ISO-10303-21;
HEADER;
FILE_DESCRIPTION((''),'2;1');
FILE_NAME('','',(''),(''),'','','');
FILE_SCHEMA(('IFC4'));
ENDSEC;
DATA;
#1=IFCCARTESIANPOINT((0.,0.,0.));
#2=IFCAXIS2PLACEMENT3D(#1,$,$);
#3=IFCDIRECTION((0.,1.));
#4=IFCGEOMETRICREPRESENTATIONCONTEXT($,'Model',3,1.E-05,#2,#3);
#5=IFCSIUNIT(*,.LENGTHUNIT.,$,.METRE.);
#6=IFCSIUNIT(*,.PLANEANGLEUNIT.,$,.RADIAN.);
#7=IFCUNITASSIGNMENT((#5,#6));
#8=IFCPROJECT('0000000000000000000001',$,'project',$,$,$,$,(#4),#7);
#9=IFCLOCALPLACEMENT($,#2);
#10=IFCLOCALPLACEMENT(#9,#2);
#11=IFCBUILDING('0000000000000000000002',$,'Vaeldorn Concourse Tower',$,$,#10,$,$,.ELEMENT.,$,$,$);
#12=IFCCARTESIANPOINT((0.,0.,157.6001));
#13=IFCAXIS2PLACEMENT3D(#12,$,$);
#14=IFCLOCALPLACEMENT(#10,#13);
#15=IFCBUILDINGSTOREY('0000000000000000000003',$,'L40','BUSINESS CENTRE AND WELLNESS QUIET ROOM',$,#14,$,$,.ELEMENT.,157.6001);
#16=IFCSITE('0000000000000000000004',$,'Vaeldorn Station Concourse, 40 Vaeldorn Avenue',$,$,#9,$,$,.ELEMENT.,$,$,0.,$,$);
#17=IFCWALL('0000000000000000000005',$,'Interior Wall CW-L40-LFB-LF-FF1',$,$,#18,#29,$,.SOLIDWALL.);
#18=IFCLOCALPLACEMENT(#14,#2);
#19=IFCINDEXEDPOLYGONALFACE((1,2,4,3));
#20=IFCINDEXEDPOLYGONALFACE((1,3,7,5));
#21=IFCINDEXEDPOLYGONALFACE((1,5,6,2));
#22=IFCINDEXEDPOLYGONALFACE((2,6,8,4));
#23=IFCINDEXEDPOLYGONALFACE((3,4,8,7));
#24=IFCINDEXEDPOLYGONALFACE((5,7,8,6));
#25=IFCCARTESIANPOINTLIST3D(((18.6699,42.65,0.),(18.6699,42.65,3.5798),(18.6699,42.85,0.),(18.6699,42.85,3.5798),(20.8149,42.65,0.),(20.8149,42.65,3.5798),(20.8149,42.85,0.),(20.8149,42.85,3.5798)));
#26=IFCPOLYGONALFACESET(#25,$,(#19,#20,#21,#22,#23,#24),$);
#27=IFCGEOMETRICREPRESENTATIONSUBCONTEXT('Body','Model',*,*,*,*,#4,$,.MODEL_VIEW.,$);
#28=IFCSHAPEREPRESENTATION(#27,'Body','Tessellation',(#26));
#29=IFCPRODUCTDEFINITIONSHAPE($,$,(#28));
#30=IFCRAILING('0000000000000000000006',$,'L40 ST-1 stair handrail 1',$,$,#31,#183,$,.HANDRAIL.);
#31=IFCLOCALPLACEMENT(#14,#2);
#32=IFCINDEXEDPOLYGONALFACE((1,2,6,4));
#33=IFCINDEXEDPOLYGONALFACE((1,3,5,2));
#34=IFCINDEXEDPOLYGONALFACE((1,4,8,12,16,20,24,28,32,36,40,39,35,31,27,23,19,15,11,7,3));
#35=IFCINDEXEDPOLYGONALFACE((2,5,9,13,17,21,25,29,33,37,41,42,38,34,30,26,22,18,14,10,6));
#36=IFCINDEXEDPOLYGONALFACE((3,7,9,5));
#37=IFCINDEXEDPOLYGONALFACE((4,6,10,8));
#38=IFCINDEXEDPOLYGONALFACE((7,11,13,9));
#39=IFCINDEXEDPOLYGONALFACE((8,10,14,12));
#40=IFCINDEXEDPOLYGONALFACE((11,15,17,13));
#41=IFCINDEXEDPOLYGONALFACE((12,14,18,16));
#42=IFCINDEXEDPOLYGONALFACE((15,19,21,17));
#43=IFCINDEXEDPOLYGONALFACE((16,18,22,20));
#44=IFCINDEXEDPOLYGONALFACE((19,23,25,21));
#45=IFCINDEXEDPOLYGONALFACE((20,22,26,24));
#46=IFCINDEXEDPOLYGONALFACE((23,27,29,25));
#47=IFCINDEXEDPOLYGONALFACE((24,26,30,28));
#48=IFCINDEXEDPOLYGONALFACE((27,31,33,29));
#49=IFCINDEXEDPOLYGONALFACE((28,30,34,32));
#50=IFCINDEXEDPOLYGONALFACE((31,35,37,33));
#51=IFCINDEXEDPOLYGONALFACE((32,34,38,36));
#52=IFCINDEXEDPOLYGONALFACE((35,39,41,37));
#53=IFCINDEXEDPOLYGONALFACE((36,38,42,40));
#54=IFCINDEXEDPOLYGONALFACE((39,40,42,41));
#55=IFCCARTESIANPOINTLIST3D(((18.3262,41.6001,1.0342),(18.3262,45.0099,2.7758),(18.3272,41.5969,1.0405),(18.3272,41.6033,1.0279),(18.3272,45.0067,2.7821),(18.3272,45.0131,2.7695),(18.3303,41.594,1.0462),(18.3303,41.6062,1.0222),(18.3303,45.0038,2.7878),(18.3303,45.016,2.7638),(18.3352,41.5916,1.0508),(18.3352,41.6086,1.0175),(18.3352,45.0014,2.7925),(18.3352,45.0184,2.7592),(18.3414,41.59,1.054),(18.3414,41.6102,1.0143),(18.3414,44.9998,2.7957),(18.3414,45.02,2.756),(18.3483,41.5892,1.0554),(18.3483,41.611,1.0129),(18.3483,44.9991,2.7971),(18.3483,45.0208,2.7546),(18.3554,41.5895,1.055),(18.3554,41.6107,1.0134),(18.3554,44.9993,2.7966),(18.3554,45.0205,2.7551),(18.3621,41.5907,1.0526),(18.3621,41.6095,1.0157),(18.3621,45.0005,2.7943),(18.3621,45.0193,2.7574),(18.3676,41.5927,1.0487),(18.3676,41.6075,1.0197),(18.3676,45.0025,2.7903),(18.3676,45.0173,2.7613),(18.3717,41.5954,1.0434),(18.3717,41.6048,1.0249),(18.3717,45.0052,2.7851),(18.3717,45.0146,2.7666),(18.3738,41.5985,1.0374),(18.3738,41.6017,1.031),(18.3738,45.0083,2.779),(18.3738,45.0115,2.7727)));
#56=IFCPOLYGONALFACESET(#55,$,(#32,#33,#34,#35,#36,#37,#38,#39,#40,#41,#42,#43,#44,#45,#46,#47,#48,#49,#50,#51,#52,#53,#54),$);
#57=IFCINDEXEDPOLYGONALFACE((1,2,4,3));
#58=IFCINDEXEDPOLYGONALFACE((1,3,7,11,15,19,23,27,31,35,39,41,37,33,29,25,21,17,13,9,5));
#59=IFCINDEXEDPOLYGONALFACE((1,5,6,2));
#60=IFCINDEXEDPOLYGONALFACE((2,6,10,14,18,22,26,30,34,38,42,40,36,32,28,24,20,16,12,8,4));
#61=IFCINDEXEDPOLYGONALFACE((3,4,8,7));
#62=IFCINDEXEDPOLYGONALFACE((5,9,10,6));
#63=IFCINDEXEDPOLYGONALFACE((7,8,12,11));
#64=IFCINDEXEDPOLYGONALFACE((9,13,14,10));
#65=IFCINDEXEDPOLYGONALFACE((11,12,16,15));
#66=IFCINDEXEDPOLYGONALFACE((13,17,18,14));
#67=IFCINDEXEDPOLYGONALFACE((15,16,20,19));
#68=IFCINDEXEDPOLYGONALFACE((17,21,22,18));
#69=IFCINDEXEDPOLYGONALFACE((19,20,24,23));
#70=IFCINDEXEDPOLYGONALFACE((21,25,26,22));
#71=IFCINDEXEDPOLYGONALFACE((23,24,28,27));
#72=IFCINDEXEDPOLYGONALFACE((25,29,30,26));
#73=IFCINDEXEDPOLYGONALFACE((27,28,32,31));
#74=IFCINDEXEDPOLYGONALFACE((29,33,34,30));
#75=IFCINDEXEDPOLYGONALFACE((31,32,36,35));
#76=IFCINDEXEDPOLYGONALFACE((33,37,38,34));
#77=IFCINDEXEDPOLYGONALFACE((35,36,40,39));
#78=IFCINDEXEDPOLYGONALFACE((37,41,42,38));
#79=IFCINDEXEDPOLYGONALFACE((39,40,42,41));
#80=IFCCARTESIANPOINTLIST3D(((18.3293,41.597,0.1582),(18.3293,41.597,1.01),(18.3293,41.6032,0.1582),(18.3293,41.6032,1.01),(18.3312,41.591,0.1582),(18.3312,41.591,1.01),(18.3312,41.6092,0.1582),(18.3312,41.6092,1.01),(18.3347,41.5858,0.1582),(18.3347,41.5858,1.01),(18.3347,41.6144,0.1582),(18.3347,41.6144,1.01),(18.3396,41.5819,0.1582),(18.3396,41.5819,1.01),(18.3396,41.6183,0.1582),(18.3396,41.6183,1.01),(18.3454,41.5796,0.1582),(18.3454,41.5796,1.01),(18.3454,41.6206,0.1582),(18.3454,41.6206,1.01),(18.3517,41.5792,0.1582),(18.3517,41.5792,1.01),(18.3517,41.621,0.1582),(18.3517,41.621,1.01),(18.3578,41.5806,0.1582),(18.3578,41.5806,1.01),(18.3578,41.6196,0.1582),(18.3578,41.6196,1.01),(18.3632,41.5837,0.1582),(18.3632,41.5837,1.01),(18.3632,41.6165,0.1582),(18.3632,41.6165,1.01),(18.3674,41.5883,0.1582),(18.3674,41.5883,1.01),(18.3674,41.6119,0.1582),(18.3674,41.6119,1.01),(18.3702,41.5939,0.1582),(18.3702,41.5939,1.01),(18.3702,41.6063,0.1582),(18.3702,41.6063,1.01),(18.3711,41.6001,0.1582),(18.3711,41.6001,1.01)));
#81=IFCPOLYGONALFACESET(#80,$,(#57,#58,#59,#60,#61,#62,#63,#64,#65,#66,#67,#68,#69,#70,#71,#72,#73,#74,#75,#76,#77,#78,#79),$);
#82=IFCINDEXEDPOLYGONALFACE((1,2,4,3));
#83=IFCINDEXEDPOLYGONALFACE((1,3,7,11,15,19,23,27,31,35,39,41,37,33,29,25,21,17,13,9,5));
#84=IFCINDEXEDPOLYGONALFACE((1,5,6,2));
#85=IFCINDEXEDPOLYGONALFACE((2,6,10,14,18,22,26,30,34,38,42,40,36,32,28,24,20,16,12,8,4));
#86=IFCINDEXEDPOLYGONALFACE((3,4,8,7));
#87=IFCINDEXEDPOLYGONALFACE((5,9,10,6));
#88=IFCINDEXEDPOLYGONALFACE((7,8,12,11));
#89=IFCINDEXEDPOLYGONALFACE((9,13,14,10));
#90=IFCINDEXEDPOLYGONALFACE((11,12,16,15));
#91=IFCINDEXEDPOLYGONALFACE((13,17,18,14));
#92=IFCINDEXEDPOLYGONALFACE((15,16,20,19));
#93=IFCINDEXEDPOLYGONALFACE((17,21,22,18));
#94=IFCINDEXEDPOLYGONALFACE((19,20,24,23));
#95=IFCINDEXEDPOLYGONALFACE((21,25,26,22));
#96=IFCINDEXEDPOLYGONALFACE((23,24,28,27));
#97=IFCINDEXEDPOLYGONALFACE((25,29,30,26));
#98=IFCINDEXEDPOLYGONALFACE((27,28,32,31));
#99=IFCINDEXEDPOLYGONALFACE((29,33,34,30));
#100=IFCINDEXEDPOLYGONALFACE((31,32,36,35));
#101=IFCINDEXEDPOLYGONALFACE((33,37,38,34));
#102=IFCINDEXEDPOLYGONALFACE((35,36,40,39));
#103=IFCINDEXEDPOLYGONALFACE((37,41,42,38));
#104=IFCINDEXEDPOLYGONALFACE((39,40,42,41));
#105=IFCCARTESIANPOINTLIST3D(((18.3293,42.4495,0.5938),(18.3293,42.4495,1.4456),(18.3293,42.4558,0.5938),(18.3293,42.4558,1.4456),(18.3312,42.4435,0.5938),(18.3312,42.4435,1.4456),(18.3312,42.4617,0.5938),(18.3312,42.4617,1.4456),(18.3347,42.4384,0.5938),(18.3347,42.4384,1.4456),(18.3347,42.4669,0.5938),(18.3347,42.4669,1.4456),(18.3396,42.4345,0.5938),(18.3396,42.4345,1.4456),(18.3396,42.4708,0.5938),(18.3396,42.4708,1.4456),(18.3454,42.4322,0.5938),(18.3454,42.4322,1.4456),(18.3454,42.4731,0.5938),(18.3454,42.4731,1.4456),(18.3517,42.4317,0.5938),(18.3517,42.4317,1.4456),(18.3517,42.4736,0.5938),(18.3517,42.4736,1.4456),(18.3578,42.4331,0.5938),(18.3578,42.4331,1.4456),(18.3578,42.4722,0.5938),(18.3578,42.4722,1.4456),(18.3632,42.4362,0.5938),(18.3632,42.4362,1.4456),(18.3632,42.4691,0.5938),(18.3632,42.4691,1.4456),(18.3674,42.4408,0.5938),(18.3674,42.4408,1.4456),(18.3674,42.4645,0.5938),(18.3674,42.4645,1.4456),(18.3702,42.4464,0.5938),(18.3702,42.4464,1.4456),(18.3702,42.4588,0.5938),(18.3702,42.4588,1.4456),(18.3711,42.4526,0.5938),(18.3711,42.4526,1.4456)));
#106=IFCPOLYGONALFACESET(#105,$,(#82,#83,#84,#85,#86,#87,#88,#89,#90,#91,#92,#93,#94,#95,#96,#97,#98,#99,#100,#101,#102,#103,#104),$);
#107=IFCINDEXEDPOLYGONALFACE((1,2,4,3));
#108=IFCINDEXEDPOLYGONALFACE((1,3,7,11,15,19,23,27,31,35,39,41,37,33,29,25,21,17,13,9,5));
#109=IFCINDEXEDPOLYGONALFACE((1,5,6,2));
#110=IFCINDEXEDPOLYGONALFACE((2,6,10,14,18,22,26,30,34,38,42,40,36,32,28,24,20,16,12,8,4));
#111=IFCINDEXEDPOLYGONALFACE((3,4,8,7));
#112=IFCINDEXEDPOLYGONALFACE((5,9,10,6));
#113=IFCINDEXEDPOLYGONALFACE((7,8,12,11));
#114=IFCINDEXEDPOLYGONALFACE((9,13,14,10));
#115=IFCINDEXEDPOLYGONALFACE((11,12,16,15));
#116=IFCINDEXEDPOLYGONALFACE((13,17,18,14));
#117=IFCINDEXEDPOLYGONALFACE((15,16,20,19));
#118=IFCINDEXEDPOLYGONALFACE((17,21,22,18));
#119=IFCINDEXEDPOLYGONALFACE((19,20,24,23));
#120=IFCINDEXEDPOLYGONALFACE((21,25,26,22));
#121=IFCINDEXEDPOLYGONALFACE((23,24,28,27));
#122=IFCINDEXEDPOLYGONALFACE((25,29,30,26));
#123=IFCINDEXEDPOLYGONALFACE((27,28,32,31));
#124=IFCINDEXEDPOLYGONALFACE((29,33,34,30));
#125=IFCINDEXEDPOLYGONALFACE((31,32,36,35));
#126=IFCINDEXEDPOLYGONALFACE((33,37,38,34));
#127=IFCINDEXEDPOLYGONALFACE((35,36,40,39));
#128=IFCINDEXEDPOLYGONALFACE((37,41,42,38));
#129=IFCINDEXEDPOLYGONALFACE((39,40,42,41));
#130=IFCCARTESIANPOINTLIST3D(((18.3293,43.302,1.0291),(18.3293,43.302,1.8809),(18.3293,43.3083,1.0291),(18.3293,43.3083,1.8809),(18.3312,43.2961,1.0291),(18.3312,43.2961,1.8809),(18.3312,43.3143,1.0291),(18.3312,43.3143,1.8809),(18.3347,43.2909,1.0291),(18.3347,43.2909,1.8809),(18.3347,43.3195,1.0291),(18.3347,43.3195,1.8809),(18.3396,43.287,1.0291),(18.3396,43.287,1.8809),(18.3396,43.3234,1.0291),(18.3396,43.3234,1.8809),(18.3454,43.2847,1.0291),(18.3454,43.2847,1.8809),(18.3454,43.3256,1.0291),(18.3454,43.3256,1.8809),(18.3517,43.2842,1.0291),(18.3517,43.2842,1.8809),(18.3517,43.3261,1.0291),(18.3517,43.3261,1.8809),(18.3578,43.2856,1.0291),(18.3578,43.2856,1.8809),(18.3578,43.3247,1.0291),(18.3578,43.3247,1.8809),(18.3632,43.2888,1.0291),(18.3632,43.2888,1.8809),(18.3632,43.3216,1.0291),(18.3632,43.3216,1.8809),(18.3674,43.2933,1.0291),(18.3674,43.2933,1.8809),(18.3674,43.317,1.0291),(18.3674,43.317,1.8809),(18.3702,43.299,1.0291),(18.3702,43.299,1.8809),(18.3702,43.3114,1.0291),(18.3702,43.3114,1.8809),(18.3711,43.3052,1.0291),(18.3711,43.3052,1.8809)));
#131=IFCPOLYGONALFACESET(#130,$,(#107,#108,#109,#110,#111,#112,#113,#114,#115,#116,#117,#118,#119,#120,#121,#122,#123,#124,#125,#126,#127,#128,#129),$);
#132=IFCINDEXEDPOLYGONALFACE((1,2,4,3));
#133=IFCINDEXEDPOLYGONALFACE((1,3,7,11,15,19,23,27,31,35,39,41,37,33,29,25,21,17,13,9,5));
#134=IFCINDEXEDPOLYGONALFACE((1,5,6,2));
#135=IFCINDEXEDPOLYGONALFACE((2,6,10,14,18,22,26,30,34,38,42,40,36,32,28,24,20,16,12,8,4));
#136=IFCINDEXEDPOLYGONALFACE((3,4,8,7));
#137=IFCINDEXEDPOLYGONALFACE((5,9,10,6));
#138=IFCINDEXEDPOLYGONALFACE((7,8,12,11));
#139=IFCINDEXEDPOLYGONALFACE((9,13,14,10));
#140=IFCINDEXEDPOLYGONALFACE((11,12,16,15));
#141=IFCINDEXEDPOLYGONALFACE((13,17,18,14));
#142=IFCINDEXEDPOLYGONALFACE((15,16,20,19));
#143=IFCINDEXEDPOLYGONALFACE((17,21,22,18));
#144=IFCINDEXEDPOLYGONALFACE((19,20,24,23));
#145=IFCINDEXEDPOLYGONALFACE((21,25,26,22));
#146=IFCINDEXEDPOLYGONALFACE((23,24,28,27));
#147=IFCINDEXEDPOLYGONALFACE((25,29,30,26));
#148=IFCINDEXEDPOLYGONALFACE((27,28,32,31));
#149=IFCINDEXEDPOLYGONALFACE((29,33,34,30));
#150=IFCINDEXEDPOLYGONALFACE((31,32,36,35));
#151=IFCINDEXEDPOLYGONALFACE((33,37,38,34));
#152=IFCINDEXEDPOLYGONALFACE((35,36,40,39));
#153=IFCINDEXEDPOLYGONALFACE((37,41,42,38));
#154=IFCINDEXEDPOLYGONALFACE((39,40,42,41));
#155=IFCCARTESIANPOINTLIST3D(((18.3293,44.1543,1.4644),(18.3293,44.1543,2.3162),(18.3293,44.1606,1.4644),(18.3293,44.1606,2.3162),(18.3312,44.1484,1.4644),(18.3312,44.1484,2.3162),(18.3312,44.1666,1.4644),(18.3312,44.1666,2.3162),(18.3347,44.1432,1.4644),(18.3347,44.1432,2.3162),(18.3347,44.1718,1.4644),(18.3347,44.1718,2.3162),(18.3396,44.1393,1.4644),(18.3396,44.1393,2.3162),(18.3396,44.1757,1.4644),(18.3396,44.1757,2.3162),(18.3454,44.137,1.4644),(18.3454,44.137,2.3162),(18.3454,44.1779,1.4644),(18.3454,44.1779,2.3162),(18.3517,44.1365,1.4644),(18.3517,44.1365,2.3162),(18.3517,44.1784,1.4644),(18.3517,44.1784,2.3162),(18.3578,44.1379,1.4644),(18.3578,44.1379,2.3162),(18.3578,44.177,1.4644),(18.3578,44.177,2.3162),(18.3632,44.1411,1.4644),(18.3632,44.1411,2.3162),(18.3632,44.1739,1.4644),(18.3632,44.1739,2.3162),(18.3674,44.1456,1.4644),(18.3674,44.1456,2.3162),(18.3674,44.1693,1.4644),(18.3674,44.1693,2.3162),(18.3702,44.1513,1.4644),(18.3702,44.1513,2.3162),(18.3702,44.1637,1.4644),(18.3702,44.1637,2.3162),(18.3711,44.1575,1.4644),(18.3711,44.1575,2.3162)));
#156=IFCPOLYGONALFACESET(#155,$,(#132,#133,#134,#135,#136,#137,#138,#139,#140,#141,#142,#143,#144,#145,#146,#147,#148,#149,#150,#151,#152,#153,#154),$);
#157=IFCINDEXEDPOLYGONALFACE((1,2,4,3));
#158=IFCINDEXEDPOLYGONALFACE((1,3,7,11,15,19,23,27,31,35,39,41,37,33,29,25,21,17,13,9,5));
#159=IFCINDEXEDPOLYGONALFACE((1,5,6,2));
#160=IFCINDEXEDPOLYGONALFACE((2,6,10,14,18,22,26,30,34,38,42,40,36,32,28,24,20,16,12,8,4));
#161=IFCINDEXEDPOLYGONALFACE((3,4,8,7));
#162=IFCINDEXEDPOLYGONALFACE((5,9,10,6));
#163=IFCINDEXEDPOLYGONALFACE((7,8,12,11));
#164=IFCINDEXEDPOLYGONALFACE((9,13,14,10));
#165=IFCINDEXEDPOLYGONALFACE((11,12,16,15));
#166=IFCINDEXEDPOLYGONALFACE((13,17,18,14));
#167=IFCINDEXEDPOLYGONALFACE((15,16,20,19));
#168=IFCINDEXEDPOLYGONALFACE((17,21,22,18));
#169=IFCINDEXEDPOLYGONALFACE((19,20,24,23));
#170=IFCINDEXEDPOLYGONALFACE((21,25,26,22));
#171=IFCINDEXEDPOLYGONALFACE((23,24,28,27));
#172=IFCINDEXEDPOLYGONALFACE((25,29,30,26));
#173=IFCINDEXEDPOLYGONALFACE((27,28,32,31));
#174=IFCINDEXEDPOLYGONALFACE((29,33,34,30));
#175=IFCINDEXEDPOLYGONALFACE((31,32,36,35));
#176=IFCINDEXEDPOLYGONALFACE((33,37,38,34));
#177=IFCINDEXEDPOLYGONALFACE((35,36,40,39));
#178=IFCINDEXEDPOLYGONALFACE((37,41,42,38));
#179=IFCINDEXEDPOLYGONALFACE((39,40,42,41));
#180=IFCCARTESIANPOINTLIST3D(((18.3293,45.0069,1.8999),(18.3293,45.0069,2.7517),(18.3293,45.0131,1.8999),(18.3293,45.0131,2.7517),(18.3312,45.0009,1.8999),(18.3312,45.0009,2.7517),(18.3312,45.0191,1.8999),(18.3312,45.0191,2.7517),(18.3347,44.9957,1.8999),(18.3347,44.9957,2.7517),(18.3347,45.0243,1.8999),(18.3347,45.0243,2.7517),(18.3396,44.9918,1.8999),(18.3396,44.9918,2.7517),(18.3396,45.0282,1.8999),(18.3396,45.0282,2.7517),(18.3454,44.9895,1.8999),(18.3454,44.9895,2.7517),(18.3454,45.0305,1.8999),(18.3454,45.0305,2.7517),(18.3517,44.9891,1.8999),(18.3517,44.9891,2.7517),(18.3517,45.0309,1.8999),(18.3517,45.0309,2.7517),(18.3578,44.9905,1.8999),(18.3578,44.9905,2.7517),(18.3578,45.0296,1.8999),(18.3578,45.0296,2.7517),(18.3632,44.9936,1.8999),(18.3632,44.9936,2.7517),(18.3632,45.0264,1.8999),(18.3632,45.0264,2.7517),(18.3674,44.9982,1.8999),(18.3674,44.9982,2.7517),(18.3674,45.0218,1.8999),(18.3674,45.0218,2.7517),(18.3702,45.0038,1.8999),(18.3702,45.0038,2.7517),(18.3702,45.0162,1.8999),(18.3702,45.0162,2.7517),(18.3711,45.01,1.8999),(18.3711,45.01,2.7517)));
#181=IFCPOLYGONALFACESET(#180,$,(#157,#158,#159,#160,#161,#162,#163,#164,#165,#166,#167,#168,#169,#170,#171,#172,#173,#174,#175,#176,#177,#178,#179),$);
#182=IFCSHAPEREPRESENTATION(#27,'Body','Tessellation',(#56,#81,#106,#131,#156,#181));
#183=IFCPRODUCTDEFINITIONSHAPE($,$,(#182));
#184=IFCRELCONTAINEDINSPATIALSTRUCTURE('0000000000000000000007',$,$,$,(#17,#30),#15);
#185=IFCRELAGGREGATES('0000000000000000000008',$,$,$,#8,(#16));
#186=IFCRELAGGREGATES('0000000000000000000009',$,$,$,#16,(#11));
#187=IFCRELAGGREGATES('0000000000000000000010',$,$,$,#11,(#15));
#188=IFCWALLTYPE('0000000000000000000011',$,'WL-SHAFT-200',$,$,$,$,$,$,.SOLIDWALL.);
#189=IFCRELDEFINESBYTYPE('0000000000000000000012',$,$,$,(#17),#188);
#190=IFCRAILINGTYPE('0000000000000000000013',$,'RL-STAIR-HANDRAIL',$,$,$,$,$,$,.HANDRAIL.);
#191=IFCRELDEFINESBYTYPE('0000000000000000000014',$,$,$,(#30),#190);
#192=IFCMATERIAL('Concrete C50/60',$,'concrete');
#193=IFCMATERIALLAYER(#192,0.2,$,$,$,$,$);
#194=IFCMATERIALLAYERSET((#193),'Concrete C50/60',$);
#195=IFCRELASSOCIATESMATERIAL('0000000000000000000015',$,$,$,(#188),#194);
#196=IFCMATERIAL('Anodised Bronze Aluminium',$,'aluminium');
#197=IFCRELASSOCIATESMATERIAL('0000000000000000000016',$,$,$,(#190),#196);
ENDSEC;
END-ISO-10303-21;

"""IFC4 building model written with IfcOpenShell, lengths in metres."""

from ifc_helpers import new_model, si_unit, direction, frame, frame_2d, origin, origin_2d, place, context, subcontext, project, spatial, rectangle, circle, extrude, material, layer, layer_set, type_object, element, save


model = new_model("IFC4")

# Units and contexts
model_context = context("Model", 3, precision=1e-05, world=origin(), true_north=direction((0.0, 1.0)))
body_context = subcontext(model_context, "Body", "Model", "MODEL_VIEW")
ifc_project = project(units=[si_unit("LENGTHUNIT", "METRE"), si_unit("PLANEANGLEUNIT", "RADIAN")], contexts=[model_context])

# Site, building, storey
site_placement = place(None, origin())
site = spatial("IfcSite", under=ifc_project, at=site_placement, Name="Vaeldorn Station Concourse, 40 Vaeldorn Avenue", CompositionType="ELEMENT", RefElevation=0.0)
building_placement = place(site_placement, origin())
building = spatial("IfcBuilding", under=site, at=building_placement, Name="Vaeldorn Concourse Tower", CompositionType="ELEMENT")
storey_placement = place(building_placement, frame((0.0, 0.0, 157.6001)))
storey = spatial("IfcBuildingStorey", under=building, at=storey_placement, Name="L40", Description="BUSINESS CENTRE AND WELLNESS QUIET ROOM", CompositionType="ELEMENT", Elevation=157.6001)

# Shared definitions
ifc_material_1 = material(Name="Concrete C50/60", Category="concrete")
ifc_layer_1 = layer(ifc_material_1, 0.2)
ifc_layer_set_1 = layer_set([ifc_layer_1], Name="Concrete C50/60")
wall_type_1 = type_object("IfcWallType", Name="WL-SHAFT-200", PredefinedType="SOLIDWALL", material=ifc_layer_set_1)

# Shared definitions
ifc_material_2 = material(Name="Anodised Bronze Aluminium", Category="aluminium")

# Wall
for number, where, z_axis, x_axis, name in (
    (1, (18.6699, 42.75, 0.0), (0.0, 0.0, 1.0), (1.0, 0.0, 0.0), "Interior Wall CW-L40-LFB-LF-FF1"),
):
    element("IfcWall", number, at=place(storey_placement, frame(where, z_axis=z_axis, x_axis=x_axis)), inside=storey, type_object=wall_type_1, Name=name, PredefinedType="SOLIDWALL", context=body_context, shape_type="SweptSolid", body=[
        extrude(rectangle(XDim=2.145, YDim=0.2, at=frame_2d((1.0725, 0.0))), origin(), (0.0, 0.0, 1.0), 3.5798),
    ])

# Railing
railing_type = type_object("IfcRailingType", Name="RL-STAIR-HANDRAIL", PredefinedType="HANDRAIL", material=ifc_material_2)
railing_placement = place(storey_placement, frame((18.3501, 41.6001, 0.1582)))
element("IfcRailing", 2, at=railing_placement, inside=storey, type_object=railing_type, Name="L40 ST-1 stair handrail 1", PredefinedType="HANDRAIL", context=body_context, shape_type="SweptSolid", body=[
    extrude(circle(Radius=0.0239, at=origin_2d()), frame((0.0, 0.0, 0.876), z_axis=(0.0, 0.890556, 0.454874), x_axis=(-1.0, 0.0, 0.0)), (0.0, 0.0, 1.0), 3.8289),
    extrude(circle(Radius=0.021, at=origin_2d()), origin(), (0.0, 0.0, 1.0), 0.8518),
    extrude(circle(Radius=0.021, at=origin_2d()), frame((0.0, 0.8525, 0.4355)), (0.0, 0.0, 1.0), 0.8518),
    extrude(circle(Radius=0.021, at=origin_2d()), frame((0.0, 1.7051, 0.8708)), (0.0, 0.0, 1.0), 0.8518),
    extrude(circle(Radius=0.021, at=origin_2d()), frame((0.0, 2.5574, 1.3062)), (0.0, 0.0, 1.0), 0.8518),
    extrude(circle(Radius=0.021, at=origin_2d()), frame((0.0, 3.4099, 1.7417)), (0.0, 0.0, 1.0), 0.8518),
])

save(model, "model.ifc")
